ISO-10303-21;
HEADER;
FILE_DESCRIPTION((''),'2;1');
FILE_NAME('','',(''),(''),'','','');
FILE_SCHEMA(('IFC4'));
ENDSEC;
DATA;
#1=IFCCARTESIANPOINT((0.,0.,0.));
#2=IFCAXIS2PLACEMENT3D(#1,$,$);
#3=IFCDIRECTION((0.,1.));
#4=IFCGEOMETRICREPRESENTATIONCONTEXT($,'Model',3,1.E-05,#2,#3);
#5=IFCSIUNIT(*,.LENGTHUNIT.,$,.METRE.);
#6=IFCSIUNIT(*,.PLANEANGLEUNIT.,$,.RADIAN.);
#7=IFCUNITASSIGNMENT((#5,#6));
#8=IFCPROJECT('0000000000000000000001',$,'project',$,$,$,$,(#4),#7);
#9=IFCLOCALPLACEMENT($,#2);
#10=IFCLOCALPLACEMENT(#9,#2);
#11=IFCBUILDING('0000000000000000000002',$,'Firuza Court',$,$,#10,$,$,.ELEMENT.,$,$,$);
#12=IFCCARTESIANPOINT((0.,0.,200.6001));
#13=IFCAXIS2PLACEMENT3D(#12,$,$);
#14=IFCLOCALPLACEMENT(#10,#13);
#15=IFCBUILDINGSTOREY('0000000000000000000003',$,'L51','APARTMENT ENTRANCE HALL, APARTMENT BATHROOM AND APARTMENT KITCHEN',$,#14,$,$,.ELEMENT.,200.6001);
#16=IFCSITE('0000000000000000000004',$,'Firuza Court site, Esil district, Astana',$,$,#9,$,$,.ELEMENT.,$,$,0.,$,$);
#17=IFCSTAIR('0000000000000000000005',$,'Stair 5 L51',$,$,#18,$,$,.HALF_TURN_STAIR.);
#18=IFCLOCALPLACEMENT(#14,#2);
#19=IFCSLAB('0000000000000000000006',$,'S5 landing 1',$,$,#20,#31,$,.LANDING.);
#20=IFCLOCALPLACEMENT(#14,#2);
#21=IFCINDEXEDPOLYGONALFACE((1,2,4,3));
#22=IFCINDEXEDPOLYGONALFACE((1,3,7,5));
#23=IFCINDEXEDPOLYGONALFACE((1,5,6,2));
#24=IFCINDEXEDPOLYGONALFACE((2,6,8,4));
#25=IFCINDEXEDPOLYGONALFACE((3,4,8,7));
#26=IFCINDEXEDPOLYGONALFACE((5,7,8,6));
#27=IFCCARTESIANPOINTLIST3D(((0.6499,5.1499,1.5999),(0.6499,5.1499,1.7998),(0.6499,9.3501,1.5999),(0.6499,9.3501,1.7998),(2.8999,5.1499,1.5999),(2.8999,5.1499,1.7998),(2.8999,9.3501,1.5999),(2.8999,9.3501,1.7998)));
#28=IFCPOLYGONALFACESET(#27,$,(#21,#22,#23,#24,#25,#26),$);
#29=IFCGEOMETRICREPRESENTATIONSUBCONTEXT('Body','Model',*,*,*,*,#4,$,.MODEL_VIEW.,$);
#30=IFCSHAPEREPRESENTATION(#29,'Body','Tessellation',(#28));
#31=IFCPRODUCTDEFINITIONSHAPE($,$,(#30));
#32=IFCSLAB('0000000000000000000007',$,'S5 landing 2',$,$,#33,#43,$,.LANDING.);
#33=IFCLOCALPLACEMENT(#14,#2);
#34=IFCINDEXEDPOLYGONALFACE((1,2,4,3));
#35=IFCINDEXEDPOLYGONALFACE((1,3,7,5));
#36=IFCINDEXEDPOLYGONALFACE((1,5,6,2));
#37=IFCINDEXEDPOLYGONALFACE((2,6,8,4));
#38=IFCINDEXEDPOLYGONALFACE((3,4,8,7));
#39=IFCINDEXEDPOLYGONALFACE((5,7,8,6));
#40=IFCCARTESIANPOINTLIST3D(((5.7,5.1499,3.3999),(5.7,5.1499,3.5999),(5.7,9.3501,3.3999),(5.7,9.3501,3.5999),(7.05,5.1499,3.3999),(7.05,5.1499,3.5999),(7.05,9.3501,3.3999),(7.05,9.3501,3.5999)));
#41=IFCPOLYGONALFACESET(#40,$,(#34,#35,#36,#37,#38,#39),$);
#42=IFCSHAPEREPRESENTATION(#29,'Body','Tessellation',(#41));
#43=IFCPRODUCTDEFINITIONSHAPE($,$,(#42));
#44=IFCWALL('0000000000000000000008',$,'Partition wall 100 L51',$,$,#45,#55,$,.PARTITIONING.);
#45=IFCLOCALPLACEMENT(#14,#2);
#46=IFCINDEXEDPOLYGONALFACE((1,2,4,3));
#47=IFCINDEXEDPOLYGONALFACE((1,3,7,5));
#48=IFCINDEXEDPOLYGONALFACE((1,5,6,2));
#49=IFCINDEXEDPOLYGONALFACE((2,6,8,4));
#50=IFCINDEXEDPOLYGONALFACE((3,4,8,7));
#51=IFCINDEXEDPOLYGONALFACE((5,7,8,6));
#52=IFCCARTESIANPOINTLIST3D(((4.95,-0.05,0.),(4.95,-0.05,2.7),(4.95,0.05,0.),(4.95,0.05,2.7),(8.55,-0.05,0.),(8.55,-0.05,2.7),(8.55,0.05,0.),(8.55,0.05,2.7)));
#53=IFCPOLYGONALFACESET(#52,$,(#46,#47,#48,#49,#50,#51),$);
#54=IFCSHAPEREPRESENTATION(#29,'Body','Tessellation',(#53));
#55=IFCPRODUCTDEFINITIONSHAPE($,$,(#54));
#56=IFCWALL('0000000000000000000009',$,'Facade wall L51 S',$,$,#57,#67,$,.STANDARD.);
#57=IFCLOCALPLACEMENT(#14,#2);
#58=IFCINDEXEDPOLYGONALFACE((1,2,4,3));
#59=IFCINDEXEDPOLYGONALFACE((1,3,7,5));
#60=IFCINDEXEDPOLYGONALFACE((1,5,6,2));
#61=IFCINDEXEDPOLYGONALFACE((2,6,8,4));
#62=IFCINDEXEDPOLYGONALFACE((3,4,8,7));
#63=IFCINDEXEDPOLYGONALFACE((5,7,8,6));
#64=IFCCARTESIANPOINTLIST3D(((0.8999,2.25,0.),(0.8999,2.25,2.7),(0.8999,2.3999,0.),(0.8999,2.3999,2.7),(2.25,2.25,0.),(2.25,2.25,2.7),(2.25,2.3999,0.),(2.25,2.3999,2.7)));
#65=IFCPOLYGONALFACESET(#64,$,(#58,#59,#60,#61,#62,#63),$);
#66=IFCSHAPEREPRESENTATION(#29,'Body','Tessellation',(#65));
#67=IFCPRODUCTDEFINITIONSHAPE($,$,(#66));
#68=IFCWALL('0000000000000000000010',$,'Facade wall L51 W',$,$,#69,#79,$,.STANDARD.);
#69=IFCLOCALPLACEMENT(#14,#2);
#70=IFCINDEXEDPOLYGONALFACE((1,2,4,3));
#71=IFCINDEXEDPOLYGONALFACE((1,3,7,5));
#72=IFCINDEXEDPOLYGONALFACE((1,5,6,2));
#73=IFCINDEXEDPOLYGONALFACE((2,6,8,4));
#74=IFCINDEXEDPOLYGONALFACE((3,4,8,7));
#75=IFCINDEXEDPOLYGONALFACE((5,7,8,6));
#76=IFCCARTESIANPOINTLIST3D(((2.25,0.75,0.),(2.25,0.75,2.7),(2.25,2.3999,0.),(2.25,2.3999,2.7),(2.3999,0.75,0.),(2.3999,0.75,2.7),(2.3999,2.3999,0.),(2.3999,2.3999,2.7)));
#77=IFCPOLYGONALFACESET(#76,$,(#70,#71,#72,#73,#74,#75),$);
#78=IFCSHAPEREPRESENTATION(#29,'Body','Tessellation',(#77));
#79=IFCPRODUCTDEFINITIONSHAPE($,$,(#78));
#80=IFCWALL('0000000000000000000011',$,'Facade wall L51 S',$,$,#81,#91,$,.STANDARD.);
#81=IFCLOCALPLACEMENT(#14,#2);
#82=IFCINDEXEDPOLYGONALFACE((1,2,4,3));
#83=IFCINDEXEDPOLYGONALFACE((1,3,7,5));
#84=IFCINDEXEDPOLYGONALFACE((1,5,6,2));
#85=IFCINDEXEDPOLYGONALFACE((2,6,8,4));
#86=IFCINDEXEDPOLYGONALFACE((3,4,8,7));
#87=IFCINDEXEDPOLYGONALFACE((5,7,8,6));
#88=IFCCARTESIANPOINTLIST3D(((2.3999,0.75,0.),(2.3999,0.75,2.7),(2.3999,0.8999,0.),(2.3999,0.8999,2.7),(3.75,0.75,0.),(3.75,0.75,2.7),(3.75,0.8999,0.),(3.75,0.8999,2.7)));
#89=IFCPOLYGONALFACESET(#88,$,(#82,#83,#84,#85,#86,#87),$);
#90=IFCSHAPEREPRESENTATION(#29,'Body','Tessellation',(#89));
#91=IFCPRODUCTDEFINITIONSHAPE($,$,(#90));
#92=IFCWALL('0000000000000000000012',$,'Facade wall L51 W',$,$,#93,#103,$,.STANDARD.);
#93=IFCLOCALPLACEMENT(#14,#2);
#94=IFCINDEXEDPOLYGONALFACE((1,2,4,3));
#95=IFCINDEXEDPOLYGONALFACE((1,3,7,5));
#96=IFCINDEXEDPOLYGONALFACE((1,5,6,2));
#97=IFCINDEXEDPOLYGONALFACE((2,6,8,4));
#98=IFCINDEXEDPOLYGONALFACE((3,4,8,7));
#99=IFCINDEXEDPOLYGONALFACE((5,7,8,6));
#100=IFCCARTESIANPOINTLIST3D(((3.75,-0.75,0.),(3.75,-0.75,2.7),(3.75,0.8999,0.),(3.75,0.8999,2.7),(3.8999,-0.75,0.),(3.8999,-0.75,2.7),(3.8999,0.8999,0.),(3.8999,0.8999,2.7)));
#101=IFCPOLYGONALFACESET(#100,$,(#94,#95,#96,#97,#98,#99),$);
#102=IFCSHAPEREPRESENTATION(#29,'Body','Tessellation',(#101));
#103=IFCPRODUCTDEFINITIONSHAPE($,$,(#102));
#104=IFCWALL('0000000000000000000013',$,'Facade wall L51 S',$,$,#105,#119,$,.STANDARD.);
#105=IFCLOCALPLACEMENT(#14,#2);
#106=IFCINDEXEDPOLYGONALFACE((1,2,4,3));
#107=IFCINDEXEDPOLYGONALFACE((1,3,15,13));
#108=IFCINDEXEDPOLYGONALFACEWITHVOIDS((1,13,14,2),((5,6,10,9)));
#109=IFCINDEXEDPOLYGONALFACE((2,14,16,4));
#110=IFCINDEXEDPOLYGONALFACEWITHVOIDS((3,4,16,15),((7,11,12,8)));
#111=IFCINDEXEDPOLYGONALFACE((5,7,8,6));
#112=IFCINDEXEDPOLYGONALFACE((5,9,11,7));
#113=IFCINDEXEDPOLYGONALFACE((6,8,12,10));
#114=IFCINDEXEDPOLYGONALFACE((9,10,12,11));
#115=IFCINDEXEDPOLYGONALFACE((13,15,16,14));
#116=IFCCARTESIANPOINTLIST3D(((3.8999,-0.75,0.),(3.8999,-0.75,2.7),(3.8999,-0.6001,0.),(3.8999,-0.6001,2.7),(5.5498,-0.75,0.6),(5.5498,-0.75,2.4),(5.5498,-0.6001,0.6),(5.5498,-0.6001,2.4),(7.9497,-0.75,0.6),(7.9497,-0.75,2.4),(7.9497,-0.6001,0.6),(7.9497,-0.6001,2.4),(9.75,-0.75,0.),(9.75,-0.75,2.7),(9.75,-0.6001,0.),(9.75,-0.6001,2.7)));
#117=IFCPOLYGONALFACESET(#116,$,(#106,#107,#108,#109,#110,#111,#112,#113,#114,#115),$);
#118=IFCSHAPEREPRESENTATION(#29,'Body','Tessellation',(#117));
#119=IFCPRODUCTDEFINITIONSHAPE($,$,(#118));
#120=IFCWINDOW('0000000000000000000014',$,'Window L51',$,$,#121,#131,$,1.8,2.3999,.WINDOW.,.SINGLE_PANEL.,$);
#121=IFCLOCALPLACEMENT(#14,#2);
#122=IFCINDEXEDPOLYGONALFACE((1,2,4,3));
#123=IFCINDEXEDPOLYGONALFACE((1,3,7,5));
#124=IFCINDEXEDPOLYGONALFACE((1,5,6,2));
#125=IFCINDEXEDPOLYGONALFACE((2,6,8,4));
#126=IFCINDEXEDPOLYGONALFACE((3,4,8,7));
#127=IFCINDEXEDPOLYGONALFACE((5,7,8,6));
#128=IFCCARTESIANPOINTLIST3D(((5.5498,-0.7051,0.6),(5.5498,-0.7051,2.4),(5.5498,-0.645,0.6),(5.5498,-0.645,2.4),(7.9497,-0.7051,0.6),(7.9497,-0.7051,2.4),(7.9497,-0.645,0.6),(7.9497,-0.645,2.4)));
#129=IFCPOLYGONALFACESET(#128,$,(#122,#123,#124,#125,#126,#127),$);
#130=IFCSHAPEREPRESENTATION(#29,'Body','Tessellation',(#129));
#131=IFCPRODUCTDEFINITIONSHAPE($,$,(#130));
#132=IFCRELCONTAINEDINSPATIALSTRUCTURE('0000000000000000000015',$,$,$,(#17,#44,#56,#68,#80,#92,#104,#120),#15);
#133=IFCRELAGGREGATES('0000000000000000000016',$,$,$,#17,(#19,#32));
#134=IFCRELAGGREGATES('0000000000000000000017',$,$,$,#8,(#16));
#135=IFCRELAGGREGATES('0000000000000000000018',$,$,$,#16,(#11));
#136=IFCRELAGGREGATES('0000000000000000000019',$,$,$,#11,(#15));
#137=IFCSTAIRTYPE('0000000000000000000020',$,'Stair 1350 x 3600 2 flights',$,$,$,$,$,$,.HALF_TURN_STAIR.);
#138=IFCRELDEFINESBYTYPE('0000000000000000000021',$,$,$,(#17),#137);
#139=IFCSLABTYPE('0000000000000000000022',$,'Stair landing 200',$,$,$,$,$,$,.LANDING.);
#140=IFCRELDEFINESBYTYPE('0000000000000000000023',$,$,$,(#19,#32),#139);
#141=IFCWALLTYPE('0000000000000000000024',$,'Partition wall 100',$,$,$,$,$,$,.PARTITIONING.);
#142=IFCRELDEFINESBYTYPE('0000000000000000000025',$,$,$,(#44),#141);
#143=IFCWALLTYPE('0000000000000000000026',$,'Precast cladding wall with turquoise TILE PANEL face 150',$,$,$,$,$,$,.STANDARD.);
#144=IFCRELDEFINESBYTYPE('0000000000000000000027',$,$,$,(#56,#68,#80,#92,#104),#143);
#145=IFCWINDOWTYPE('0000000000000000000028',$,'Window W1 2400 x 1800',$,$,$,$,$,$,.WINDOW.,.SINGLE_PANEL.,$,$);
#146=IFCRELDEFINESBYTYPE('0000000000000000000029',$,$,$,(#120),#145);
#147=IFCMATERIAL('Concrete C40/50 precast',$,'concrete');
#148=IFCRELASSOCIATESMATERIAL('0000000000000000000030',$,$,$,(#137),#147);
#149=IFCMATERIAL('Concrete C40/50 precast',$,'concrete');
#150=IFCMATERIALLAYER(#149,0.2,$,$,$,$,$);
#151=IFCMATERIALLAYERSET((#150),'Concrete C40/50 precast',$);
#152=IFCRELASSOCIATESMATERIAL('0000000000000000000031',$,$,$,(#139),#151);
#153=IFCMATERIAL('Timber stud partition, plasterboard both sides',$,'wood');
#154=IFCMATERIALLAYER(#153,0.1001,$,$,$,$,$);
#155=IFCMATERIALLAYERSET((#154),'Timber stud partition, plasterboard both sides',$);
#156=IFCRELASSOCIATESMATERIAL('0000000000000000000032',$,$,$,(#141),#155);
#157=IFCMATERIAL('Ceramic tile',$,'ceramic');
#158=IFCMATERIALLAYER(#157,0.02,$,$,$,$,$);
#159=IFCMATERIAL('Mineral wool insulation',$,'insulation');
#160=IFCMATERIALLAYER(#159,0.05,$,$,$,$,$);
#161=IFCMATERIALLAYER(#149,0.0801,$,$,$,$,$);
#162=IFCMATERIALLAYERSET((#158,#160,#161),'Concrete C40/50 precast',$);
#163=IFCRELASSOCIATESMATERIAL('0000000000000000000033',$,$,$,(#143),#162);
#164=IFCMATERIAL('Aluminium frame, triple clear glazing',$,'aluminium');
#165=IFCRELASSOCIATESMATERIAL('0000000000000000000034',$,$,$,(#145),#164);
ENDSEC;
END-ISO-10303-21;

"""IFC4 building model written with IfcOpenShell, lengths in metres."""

from ifc_helpers import new_model, si_unit, direction, frame, frame_2d, origin, place, context, subcontext, project, spatial, polyline, rectangle, outline, extrude, material, layer, layer_set, type_object, element, fill, aggregate, save


model = new_model("IFC4")

# Units and contexts
model_context = context("Model", 3, precision=1e-05, world=origin(), true_north=direction((0.0, 1.0)))
body_context = subcontext(model_context, "Body", "Model", "MODEL_VIEW")
ifc_project = project(units=[si_unit("LENGTHUNIT", "METRE"), si_unit("PLANEANGLEUNIT", "RADIAN")], contexts=[model_context])

# Site, building, storey
site_placement = place(None, origin())
site = spatial("IfcSite", under=ifc_project, at=site_placement, Name="Firuza Court site, Esil district, Astana", CompositionType="ELEMENT", RefElevation=0.0)
building_placement = place(site_placement, origin())
building = spatial("IfcBuilding", under=site, at=building_placement, Name="Firuza Court", CompositionType="ELEMENT")
storey_placement = place(building_placement, frame((0.0, 0.0, 200.6001)))
storey = spatial("IfcBuildingStorey", under=building, at=storey_placement, Name="L51", Description="APARTMENT ENTRANCE HALL, APARTMENT BATHROOM AND APARTMENT KITCHEN", CompositionType="ELEMENT", Elevation=200.6001)

# Stair, slabs
ifc_material_1 = material(Name="Concrete C40/50 precast", Category="concrete")
stair_type = type_object("IfcStairType", Name="Stair 1350 x 3600 2 flights", PredefinedType="HALF_TURN_STAIR", material=ifc_material_1)
ifc_material_2 = material(Name="Concrete C40/50 precast", Category="concrete")
ifc_layer_1 = layer(ifc_material_2, 0.2)
ifc_layer_set_1 = layer_set([ifc_layer_1], Name="Concrete C40/50 precast")
slab_type_1 = type_object("IfcSlabType", Name="Stair landing 200", PredefinedType="LANDING", material=ifc_layer_set_1)
stair_1_placement = place(storey_placement, origin())
stair_1 = element("IfcStair", 1, at=stair_1_placement, inside=storey, type_object=stair_type, Name="Stair 5 L51", PredefinedType="HALF_TURN_STAIR")
slab_1_placement = place(storey_placement, frame((0.0, 0.0, 1.5999)))
slab_1 = element("IfcSlab", 2, at=slab_1_placement, type_object=slab_type_1, Name="S5 landing 1", PredefinedType="LANDING", context=body_context, shape_type="SweptSolid", body=[
    extrude(outline(polyline([(2.8999, 5.1499), (2.8999, 9.3501), (0.6499, 9.3501), (0.6499, 5.1499), (2.8999, 5.1499)])), origin(), (0.0, 0.0, 1.0), 0.2),
])
slab_2_placement = place(storey_placement, frame((0.0, 0.0, 3.3999)))
slab_2 = element("IfcSlab", 3, at=slab_2_placement, type_object=slab_type_1, Name="S5 landing 2", PredefinedType="LANDING", context=body_context, shape_type="SweptSolid", body=[
    extrude(outline(polyline([(7.05, 5.1499), (7.05, 9.3501), (5.7, 9.3501), (5.7, 5.1499), (7.05, 5.1499)])), origin(), (0.0, 0.0, 1.0), 0.2),
])
aggregate(stair_1, [slab_1, slab_2])

# Walls
ifc_material_3 = material(Name="Timber stud partition, plasterboard both sides", Category="wood")
ifc_layer_2 = layer(ifc_material_3, 0.1001)
ifc_layer_set_2 = layer_set([ifc_layer_2], Name="Timber stud partition, plasterboard both sides")
wall_type_1 = type_object("IfcWallType", Name="Partition wall 100", PredefinedType="PARTITIONING", material=ifc_layer_set_2)
wall_1_placement = place(storey_placement, frame((4.95, 0.0, 0.0), z_axis=(0.0, 0.0, 1.0), x_axis=(1.0, 0.0, 0.0)))
element("IfcWall", 4, at=wall_1_placement, inside=storey, type_object=wall_type_1, Name="Partition wall 100 L51", PredefinedType="PARTITIONING", context=body_context, shape_type="SweptSolid", body=[
    extrude(rectangle(XDim=3.6001, YDim=0.1001, at=frame_2d((1.8, 0.0))), origin(), (0.0, 0.0, 1.0), 2.7),
])
ifc_material_4 = material(Name="Ceramic tile", Category="ceramic")
ifc_layer_3 = layer(ifc_material_4, 0.02)
ifc_material_5 = material(Name="Mineral wool insulation", Category="insulation")
ifc_layer_4 = layer(ifc_material_5, 0.05)
ifc_layer_5 = layer(ifc_material_2, 0.0801)
ifc_layer_set_3 = layer_set([ifc_layer_3, ifc_layer_4, ifc_layer_5], Name="Concrete C40/50 precast")
wall_type_2 = type_object("IfcWallType", Name="Precast cladding wall with turquoise TILE PANEL face 150", PredefinedType="STANDARD", material=ifc_layer_set_3)
wall_2_placement = place(storey_placement, frame((0.8999, 2.325, 0.0), z_axis=(0.0, 0.0, 1.0), x_axis=(1.0, 0.0, 0.0)))
element("IfcWall", 5, at=wall_2_placement, inside=storey, type_object=wall_type_2, Name="Facade wall L51 S", PredefinedType="STANDARD", context=body_context, shape_type="SweptSolid", body=[
    extrude(rectangle(XDim=1.3501, YDim=0.1499, at=frame_2d((0.675, 0.0))), origin(), (0.0, 0.0, 1.0), 2.7),
])
wall_3_placement = place(storey_placement, frame((2.325, 2.3999, 0.0), z_axis=(0.0, 0.0, 1.0), x_axis=(0.0, -1.0, 0.0)))
element("IfcWall", 6, at=wall_3_placement, inside=storey, type_object=wall_type_2, Name="Facade wall L51 W", PredefinedType="STANDARD", context=body_context, shape_type="SweptSolid", body=[
    extrude(rectangle(XDim=1.6499, YDim=0.1499, at=frame_2d((0.825, 0.0))), origin(), (0.0, 0.0, 1.0), 2.7),
])
wall_4_placement = place(storey_placement, frame((2.3999, 0.825, 0.0), z_axis=(0.0, 0.0, 1.0), x_axis=(1.0, 0.0, 0.0)))
element("IfcWall", 7, at=wall_4_placement, inside=storey, type_object=wall_type_2, Name="Facade wall L51 S", PredefinedType="STANDARD", context=body_context, shape_type="SweptSolid", body=[
    extrude(rectangle(XDim=1.3501, YDim=0.1499, at=frame_2d((0.675, 0.0))), origin(), (0.0, 0.0, 1.0), 2.7),
])
wall_5_placement = place(storey_placement, frame((3.825, 0.8999, 0.0), z_axis=(0.0, 0.0, 1.0), x_axis=(0.0, -1.0, 0.0)))
element("IfcWall", 8, at=wall_5_placement, inside=storey, type_object=wall_type_2, Name="Facade wall L51 W", PredefinedType="STANDARD", context=body_context, shape_type="SweptSolid", body=[
    extrude(rectangle(XDim=1.6499, YDim=0.1499, at=frame_2d((0.825, 0.0))), origin(), (0.0, 0.0, 1.0), 2.7),
])

# Wall, opening, window
wall_6_placement = place(storey_placement, frame((3.8999, -0.675, 0.0), z_axis=(0.0, 0.0, 1.0), x_axis=(1.0, 0.0, 0.0)))
wall_6 = element("IfcWall", 9, at=wall_6_placement, inside=storey, type_object=wall_type_2, Name="Facade wall L51 S", PredefinedType="STANDARD", context=body_context, shape_type="SweptSolid", body=[
    extrude(rectangle(XDim=5.8501, YDim=0.1499, at=frame_2d((2.925, 0.0))), origin(), (0.0, 0.0, 1.0), 2.7),
])
opening_placement = place(wall_6_placement, frame((1.6499, 0.0, 0.6001)))
opening = element("IfcOpeningElement", 10, at=opening_placement, cuts=wall_6, PredefinedType="OPENING", context=body_context, shape_type="SweptSolid", body=[
    extrude(rectangle(XDim=2.3999, YDim=1.8, at=frame_2d((1.2, 0.8999))), frame((0.0, 0.0869, 0.0), z_axis=(0.0, -1.0, 0.0), x_axis=(1.0, 0.0, 0.0)), (0.0, 0.0, 1.0), 0.1738),
])
ifc_material_6 = material(Name="Aluminium frame, triple clear glazing", Category="aluminium")
window_type = type_object("IfcWindowType", Name="Window W1 2400 x 1800", PartitioningType="SINGLE_PANEL", PredefinedType="WINDOW", material=ifc_material_6)
window_placement = place(opening_placement, origin())
window = element("IfcWindow", 11, at=window_placement, inside=storey, type_object=window_type, Name="Window L51", OverallHeight=1.8, OverallWidth=2.3999, PartitioningType="SINGLE_PANEL", PredefinedType="WINDOW", context=body_context, shape_type="SweptSolid", body=[
    extrude(rectangle(XDim=2.3999, YDim=1.8, at=frame_2d((1.2, 0.8999))), frame((0.0, 0.03, 0.0), z_axis=(0.0, -1.0, 0.0), x_axis=(1.0, 0.0, 0.0)), (0.0, 0.0, 1.0), 0.0601),
])
fill(opening, window)

save(model, "model.ifc")
